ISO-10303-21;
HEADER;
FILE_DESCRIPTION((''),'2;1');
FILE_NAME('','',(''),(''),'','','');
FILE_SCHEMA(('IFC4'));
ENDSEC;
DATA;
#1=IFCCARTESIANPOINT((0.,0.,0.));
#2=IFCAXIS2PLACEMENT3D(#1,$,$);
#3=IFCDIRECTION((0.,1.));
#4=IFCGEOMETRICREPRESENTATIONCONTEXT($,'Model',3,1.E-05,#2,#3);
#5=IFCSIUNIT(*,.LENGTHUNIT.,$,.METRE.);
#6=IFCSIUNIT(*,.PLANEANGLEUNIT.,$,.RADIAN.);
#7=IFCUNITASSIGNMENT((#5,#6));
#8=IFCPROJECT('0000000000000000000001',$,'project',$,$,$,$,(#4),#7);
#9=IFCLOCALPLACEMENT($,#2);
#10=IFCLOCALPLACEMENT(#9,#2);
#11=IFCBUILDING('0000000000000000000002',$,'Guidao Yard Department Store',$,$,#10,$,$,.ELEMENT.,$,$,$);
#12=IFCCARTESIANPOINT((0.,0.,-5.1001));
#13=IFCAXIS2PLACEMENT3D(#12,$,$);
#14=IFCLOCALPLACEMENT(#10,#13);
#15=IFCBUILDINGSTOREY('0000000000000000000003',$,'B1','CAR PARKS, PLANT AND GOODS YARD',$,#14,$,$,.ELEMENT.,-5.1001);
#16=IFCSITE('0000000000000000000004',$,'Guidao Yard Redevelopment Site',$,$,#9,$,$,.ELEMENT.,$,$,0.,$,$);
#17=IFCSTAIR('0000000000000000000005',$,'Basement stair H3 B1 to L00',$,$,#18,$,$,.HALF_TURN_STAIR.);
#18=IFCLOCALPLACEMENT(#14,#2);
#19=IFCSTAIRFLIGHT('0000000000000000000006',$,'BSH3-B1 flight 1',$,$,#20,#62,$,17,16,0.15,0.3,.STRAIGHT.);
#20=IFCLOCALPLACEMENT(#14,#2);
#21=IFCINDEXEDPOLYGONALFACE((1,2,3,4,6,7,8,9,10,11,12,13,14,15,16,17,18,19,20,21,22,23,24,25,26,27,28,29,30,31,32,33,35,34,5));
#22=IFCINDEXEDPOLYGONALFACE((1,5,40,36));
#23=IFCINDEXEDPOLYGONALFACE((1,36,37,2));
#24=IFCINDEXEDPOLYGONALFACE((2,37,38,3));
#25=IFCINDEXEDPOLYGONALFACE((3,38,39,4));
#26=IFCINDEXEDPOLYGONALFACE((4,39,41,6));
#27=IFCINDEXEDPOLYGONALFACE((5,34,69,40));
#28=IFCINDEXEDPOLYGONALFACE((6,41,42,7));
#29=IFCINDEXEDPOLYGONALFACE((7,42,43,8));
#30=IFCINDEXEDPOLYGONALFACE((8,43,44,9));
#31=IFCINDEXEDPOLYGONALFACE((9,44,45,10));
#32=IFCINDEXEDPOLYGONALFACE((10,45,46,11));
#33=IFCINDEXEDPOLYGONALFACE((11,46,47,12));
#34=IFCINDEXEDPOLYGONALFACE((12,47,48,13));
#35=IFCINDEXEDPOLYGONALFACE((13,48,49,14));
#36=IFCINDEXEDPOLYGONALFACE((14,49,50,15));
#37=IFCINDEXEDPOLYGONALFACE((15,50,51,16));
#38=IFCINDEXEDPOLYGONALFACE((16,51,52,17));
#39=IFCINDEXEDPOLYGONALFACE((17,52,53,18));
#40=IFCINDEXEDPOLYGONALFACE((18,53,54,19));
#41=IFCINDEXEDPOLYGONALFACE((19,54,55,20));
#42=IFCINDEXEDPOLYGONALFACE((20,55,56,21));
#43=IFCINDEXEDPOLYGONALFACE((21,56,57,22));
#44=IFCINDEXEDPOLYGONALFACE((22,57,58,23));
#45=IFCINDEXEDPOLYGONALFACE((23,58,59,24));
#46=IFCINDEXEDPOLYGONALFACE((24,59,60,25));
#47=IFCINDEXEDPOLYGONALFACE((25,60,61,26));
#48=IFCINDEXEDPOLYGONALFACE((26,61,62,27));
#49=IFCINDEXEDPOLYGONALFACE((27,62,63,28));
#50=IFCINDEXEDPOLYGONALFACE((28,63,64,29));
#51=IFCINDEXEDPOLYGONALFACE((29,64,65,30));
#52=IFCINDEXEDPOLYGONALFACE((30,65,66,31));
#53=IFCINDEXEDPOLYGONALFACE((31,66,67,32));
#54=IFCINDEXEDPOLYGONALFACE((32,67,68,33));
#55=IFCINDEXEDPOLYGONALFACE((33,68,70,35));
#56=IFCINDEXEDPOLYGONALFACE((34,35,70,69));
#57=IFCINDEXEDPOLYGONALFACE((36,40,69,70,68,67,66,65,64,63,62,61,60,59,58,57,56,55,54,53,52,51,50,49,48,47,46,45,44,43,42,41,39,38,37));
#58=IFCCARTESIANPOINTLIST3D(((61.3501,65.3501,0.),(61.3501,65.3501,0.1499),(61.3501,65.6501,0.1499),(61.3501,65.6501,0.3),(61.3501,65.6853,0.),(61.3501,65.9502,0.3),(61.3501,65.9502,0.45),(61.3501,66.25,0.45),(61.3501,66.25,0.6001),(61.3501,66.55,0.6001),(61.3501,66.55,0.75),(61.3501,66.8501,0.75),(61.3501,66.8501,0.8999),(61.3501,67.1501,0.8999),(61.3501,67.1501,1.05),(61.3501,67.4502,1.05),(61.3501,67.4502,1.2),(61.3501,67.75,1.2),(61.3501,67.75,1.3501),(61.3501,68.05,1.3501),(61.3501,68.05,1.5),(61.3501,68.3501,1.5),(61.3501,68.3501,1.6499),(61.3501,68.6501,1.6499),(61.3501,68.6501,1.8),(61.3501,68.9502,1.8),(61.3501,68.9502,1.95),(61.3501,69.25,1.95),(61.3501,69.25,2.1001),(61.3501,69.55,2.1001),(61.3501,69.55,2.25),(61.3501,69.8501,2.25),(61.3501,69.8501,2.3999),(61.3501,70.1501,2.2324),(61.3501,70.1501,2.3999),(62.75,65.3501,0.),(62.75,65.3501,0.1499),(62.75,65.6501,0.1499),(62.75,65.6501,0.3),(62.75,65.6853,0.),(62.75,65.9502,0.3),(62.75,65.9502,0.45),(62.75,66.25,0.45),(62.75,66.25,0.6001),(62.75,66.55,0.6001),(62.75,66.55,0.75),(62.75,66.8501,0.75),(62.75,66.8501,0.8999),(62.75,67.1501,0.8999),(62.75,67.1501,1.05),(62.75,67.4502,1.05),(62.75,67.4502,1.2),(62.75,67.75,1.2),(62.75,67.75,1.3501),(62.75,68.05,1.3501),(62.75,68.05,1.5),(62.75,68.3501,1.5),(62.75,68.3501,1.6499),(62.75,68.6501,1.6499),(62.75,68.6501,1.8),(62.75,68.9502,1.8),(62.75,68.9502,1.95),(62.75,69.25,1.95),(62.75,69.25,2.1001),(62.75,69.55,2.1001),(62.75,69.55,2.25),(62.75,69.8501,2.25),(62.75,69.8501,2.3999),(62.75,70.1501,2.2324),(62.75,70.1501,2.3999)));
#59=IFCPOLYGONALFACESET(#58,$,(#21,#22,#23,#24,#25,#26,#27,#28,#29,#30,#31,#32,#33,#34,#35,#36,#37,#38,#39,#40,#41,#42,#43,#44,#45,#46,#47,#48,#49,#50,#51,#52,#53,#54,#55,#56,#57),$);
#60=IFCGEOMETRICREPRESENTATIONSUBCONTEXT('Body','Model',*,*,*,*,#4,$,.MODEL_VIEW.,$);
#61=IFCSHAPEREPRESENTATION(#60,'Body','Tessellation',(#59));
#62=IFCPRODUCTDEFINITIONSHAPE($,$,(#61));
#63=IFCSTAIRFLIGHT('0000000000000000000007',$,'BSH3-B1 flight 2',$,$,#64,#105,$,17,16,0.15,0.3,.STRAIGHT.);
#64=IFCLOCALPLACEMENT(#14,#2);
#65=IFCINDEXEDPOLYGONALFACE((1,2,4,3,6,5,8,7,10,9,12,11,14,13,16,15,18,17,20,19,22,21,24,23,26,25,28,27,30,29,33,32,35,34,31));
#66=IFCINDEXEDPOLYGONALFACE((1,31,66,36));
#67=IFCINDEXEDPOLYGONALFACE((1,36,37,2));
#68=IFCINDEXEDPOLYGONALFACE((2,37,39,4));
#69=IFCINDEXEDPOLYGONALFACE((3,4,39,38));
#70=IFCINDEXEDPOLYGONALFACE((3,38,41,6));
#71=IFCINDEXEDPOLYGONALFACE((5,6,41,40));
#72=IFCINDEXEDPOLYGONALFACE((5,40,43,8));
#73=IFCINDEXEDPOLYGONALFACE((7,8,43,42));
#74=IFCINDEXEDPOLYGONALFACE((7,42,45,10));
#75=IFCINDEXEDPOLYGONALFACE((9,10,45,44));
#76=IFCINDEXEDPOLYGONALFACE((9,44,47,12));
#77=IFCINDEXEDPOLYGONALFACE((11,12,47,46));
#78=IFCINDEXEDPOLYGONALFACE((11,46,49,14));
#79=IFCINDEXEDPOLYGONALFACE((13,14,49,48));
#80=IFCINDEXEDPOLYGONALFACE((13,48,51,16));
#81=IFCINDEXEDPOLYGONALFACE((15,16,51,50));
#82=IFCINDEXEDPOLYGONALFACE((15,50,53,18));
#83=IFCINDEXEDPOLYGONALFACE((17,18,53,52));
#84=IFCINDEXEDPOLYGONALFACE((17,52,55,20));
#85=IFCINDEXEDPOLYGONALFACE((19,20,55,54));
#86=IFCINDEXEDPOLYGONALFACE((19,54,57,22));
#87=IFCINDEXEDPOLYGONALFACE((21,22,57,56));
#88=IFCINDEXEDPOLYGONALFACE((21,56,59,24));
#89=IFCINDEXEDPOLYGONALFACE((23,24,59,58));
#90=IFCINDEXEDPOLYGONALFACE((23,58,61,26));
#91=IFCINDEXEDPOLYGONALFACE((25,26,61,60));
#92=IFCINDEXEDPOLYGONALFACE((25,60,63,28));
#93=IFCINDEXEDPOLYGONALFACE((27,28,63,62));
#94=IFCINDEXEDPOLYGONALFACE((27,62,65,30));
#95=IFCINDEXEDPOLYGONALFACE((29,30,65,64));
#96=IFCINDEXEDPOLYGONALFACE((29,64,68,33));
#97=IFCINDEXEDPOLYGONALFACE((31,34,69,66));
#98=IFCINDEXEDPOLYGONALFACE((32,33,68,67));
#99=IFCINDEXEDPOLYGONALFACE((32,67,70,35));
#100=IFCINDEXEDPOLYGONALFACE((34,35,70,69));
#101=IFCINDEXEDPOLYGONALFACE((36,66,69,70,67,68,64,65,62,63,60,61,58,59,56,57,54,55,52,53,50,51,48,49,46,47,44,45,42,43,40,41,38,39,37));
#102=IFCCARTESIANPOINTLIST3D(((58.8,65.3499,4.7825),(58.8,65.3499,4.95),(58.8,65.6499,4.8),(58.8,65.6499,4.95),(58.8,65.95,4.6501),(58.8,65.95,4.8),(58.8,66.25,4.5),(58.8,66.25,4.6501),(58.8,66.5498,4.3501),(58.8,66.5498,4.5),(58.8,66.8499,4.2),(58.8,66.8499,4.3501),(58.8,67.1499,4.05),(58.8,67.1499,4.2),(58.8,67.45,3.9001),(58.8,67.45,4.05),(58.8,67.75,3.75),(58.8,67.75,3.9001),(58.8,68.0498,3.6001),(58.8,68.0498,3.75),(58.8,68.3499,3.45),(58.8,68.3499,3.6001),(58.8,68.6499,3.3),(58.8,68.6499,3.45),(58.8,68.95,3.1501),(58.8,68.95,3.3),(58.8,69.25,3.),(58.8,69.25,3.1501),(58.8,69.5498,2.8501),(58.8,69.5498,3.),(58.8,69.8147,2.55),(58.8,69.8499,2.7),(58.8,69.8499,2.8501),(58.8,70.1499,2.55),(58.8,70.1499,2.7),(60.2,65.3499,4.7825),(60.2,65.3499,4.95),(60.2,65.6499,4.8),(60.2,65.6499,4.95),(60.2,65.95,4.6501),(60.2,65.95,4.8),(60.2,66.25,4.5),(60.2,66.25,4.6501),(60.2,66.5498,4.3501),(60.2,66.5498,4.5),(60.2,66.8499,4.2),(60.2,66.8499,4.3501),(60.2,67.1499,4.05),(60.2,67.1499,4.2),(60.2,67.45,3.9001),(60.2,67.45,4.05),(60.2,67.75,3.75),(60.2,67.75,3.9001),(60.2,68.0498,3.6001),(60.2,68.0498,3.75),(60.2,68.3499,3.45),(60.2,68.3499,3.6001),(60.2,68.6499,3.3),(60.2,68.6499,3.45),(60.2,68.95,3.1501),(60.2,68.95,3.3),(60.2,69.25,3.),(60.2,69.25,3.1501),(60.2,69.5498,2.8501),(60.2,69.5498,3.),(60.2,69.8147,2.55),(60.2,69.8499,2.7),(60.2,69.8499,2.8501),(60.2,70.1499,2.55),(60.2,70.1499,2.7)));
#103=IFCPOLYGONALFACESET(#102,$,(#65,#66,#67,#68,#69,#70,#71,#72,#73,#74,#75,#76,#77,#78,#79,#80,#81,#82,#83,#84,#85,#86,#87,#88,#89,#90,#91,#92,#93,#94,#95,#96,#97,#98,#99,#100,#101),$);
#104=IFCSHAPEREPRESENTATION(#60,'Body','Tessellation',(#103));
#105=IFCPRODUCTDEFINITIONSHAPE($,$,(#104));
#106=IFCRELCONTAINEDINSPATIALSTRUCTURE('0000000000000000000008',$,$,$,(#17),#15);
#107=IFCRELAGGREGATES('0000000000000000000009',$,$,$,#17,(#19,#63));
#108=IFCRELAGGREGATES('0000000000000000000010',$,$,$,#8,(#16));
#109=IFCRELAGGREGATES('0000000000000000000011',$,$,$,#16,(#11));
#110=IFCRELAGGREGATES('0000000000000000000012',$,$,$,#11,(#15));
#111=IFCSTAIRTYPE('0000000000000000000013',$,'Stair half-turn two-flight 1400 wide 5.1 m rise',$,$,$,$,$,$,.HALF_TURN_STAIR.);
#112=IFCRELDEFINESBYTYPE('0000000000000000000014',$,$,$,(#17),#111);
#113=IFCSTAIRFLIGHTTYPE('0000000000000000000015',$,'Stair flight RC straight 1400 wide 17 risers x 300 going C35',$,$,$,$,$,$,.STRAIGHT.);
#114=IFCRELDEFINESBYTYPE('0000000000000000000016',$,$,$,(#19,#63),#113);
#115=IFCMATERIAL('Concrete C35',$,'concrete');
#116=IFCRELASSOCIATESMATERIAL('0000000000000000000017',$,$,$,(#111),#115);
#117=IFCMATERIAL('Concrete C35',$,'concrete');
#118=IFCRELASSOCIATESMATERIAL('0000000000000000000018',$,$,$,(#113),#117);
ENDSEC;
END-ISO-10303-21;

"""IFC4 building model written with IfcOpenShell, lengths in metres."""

from ifc_helpers import new_model, si_unit, direction, frame, origin, place, context, subcontext, project, spatial, polyline, outline, extrude, material, type_object, element, aggregate, save


model = new_model("IFC4")

# Units and contexts
model_context = context("Model", 3, precision=1e-05, world=origin(), true_north=direction((0.0, 1.0)))
body_context = subcontext(model_context, "Body", "Model", "MODEL_VIEW")
ifc_project = project(units=[si_unit("LENGTHUNIT", "METRE"), si_unit("PLANEANGLEUNIT", "RADIAN")], contexts=[model_context])

# Site, building, storey
site_placement = place(None, origin())
site = spatial("IfcSite", under=ifc_project, at=site_placement, Name="Guidao Yard Redevelopment Site", CompositionType="ELEMENT", RefElevation=0.0)
building_placement = place(site_placement, origin())
building = spatial("IfcBuilding", under=site, at=building_placement, Name="Guidao Yard Department Store", CompositionType="ELEMENT")
storey_placement = place(building_placement, frame((0.0, 0.0, -5.1001)))
storey = spatial("IfcBuildingStorey", under=building, at=storey_placement, Name="B1", Description="CAR PARKS, PLANT AND GOODS YARD", CompositionType="ELEMENT", Elevation=-5.1001)

# Stair, stair flights
ifc_material_1 = material(Name="Concrete C35", Category="concrete")
stair_type = type_object("IfcStairType", Name="Stair half-turn two-flight 1400 wide 5.1 m rise", PredefinedType="HALF_TURN_STAIR", material=ifc_material_1)
stair_placement = place(storey_placement, origin())
stair = element("IfcStair", 1, at=stair_placement, inside=storey, type_object=stair_type, Name="Basement stair H3 B1 to L00", PredefinedType="HALF_TURN_STAIR")
ifc_material_2 = material(Name="Concrete C35", Category="concrete")
stair_flight_type = type_object("IfcStairFlightType", Name="Stair flight RC straight 1400 wide 17 risers x 300 going C35", PredefinedType="STRAIGHT", material=ifc_material_2)
stair_flight_1_placement = place(storey_placement, frame((62.05, 65.3501, 0.0), z_axis=(0.0, 0.0, 1.0), x_axis=(0.0, 1.0, 0.0)))
stair_flight_1 = element("IfcStairFlight", 2, at=stair_flight_1_placement, type_object=stair_flight_type, Name="BSH3-B1 flight 1", NumberOfRisers=17, NumberOfTreads=16, PredefinedType="STRAIGHT", RiserHeight=0.15, TreadLength=0.3, context=body_context, shape_type="SweptSolid", body=[
    extrude(outline(polyline([(0.0, 0.0), (0.0, 0.1499), (0.3, 0.1499), (0.3, 0.3), (0.6001, 0.3), (0.6001, 0.45), (0.8999, 0.45), (0.8999, 0.6001), (1.2, 0.6001), (1.2, 0.75), (1.5, 0.75), (1.5, 0.8999), (1.8, 0.8999), (1.8, 1.05), (2.1001, 1.05), (2.1001, 1.2), (2.3999, 1.2), (2.3999, 1.3501), (2.7, 1.3501), (2.7, 1.5), (3.0, 1.5), (3.0, 1.6499), (3.3, 1.6499), (3.3, 1.8), (3.6001, 1.8), (3.6001, 1.95), (3.8999, 1.95), (3.8999, 2.1001), (4.2, 2.1001), (4.2, 2.25), (4.5, 2.25), (4.5, 2.3999), (4.8, 2.3999), (4.8, 2.55), (4.8, 2.2324), (0.3352, 0.0), (0.0, 0.0)])), frame((0.0, 0.7, 0.0), z_axis=(0.0, -1.0, 0.0), x_axis=(1.0, 0.0, 0.0)), (0.0, 0.0, 1.0), 1.3999),
])
stair_flight_2_placement = place(storey_placement, frame((59.5, 70.1499, 2.55), z_axis=(0.0, 0.0, 1.0), x_axis=(0.0, -1.0, 0.0)))
stair_flight_2 = element("IfcStairFlight", 3, at=stair_flight_2_placement, type_object=stair_flight_type, Name="BSH3-B1 flight 2", NumberOfRisers=17, NumberOfTreads=16, PredefinedType="STRAIGHT", RiserHeight=0.15, TreadLength=0.3, context=body_context, shape_type="SweptSolid", body=[
    extrude(outline(polyline([(0.0, 0.0), (0.0, 0.1499), (0.3, 0.1499), (0.3, 0.3), (0.6001, 0.3), (0.6001, 0.45), (0.8999, 0.45), (0.8999, 0.6001), (1.2, 0.6001), (1.2, 0.75), (1.5, 0.75), (1.5, 0.8999), (1.8, 0.8999), (1.8, 1.05), (2.1001, 1.05), (2.1001, 1.2), (2.3999, 1.2), (2.3999, 1.3501), (2.7, 1.3501), (2.7, 1.5), (3.0, 1.5), (3.0, 1.6499), (3.3, 1.6499), (3.3, 1.8), (3.6001, 1.8), (3.6001, 1.95), (3.8999, 1.95), (3.8999, 2.1001), (4.2, 2.1001), (4.2, 2.25), (4.5, 2.25), (4.5, 2.3999), (4.8, 2.3999), (4.8, 2.55), (4.8, 2.2324), (0.3352, 0.0), (0.0, 0.0)])), frame((0.0, 0.7, 0.0), z_axis=(0.0, -1.0, 0.0), x_axis=(1.0, 0.0, 0.0)), (0.0, 0.0, 1.0), 1.3999),
])
aggregate(stair, [stair_flight_1, stair_flight_2])

save(model, "model.ifc")
